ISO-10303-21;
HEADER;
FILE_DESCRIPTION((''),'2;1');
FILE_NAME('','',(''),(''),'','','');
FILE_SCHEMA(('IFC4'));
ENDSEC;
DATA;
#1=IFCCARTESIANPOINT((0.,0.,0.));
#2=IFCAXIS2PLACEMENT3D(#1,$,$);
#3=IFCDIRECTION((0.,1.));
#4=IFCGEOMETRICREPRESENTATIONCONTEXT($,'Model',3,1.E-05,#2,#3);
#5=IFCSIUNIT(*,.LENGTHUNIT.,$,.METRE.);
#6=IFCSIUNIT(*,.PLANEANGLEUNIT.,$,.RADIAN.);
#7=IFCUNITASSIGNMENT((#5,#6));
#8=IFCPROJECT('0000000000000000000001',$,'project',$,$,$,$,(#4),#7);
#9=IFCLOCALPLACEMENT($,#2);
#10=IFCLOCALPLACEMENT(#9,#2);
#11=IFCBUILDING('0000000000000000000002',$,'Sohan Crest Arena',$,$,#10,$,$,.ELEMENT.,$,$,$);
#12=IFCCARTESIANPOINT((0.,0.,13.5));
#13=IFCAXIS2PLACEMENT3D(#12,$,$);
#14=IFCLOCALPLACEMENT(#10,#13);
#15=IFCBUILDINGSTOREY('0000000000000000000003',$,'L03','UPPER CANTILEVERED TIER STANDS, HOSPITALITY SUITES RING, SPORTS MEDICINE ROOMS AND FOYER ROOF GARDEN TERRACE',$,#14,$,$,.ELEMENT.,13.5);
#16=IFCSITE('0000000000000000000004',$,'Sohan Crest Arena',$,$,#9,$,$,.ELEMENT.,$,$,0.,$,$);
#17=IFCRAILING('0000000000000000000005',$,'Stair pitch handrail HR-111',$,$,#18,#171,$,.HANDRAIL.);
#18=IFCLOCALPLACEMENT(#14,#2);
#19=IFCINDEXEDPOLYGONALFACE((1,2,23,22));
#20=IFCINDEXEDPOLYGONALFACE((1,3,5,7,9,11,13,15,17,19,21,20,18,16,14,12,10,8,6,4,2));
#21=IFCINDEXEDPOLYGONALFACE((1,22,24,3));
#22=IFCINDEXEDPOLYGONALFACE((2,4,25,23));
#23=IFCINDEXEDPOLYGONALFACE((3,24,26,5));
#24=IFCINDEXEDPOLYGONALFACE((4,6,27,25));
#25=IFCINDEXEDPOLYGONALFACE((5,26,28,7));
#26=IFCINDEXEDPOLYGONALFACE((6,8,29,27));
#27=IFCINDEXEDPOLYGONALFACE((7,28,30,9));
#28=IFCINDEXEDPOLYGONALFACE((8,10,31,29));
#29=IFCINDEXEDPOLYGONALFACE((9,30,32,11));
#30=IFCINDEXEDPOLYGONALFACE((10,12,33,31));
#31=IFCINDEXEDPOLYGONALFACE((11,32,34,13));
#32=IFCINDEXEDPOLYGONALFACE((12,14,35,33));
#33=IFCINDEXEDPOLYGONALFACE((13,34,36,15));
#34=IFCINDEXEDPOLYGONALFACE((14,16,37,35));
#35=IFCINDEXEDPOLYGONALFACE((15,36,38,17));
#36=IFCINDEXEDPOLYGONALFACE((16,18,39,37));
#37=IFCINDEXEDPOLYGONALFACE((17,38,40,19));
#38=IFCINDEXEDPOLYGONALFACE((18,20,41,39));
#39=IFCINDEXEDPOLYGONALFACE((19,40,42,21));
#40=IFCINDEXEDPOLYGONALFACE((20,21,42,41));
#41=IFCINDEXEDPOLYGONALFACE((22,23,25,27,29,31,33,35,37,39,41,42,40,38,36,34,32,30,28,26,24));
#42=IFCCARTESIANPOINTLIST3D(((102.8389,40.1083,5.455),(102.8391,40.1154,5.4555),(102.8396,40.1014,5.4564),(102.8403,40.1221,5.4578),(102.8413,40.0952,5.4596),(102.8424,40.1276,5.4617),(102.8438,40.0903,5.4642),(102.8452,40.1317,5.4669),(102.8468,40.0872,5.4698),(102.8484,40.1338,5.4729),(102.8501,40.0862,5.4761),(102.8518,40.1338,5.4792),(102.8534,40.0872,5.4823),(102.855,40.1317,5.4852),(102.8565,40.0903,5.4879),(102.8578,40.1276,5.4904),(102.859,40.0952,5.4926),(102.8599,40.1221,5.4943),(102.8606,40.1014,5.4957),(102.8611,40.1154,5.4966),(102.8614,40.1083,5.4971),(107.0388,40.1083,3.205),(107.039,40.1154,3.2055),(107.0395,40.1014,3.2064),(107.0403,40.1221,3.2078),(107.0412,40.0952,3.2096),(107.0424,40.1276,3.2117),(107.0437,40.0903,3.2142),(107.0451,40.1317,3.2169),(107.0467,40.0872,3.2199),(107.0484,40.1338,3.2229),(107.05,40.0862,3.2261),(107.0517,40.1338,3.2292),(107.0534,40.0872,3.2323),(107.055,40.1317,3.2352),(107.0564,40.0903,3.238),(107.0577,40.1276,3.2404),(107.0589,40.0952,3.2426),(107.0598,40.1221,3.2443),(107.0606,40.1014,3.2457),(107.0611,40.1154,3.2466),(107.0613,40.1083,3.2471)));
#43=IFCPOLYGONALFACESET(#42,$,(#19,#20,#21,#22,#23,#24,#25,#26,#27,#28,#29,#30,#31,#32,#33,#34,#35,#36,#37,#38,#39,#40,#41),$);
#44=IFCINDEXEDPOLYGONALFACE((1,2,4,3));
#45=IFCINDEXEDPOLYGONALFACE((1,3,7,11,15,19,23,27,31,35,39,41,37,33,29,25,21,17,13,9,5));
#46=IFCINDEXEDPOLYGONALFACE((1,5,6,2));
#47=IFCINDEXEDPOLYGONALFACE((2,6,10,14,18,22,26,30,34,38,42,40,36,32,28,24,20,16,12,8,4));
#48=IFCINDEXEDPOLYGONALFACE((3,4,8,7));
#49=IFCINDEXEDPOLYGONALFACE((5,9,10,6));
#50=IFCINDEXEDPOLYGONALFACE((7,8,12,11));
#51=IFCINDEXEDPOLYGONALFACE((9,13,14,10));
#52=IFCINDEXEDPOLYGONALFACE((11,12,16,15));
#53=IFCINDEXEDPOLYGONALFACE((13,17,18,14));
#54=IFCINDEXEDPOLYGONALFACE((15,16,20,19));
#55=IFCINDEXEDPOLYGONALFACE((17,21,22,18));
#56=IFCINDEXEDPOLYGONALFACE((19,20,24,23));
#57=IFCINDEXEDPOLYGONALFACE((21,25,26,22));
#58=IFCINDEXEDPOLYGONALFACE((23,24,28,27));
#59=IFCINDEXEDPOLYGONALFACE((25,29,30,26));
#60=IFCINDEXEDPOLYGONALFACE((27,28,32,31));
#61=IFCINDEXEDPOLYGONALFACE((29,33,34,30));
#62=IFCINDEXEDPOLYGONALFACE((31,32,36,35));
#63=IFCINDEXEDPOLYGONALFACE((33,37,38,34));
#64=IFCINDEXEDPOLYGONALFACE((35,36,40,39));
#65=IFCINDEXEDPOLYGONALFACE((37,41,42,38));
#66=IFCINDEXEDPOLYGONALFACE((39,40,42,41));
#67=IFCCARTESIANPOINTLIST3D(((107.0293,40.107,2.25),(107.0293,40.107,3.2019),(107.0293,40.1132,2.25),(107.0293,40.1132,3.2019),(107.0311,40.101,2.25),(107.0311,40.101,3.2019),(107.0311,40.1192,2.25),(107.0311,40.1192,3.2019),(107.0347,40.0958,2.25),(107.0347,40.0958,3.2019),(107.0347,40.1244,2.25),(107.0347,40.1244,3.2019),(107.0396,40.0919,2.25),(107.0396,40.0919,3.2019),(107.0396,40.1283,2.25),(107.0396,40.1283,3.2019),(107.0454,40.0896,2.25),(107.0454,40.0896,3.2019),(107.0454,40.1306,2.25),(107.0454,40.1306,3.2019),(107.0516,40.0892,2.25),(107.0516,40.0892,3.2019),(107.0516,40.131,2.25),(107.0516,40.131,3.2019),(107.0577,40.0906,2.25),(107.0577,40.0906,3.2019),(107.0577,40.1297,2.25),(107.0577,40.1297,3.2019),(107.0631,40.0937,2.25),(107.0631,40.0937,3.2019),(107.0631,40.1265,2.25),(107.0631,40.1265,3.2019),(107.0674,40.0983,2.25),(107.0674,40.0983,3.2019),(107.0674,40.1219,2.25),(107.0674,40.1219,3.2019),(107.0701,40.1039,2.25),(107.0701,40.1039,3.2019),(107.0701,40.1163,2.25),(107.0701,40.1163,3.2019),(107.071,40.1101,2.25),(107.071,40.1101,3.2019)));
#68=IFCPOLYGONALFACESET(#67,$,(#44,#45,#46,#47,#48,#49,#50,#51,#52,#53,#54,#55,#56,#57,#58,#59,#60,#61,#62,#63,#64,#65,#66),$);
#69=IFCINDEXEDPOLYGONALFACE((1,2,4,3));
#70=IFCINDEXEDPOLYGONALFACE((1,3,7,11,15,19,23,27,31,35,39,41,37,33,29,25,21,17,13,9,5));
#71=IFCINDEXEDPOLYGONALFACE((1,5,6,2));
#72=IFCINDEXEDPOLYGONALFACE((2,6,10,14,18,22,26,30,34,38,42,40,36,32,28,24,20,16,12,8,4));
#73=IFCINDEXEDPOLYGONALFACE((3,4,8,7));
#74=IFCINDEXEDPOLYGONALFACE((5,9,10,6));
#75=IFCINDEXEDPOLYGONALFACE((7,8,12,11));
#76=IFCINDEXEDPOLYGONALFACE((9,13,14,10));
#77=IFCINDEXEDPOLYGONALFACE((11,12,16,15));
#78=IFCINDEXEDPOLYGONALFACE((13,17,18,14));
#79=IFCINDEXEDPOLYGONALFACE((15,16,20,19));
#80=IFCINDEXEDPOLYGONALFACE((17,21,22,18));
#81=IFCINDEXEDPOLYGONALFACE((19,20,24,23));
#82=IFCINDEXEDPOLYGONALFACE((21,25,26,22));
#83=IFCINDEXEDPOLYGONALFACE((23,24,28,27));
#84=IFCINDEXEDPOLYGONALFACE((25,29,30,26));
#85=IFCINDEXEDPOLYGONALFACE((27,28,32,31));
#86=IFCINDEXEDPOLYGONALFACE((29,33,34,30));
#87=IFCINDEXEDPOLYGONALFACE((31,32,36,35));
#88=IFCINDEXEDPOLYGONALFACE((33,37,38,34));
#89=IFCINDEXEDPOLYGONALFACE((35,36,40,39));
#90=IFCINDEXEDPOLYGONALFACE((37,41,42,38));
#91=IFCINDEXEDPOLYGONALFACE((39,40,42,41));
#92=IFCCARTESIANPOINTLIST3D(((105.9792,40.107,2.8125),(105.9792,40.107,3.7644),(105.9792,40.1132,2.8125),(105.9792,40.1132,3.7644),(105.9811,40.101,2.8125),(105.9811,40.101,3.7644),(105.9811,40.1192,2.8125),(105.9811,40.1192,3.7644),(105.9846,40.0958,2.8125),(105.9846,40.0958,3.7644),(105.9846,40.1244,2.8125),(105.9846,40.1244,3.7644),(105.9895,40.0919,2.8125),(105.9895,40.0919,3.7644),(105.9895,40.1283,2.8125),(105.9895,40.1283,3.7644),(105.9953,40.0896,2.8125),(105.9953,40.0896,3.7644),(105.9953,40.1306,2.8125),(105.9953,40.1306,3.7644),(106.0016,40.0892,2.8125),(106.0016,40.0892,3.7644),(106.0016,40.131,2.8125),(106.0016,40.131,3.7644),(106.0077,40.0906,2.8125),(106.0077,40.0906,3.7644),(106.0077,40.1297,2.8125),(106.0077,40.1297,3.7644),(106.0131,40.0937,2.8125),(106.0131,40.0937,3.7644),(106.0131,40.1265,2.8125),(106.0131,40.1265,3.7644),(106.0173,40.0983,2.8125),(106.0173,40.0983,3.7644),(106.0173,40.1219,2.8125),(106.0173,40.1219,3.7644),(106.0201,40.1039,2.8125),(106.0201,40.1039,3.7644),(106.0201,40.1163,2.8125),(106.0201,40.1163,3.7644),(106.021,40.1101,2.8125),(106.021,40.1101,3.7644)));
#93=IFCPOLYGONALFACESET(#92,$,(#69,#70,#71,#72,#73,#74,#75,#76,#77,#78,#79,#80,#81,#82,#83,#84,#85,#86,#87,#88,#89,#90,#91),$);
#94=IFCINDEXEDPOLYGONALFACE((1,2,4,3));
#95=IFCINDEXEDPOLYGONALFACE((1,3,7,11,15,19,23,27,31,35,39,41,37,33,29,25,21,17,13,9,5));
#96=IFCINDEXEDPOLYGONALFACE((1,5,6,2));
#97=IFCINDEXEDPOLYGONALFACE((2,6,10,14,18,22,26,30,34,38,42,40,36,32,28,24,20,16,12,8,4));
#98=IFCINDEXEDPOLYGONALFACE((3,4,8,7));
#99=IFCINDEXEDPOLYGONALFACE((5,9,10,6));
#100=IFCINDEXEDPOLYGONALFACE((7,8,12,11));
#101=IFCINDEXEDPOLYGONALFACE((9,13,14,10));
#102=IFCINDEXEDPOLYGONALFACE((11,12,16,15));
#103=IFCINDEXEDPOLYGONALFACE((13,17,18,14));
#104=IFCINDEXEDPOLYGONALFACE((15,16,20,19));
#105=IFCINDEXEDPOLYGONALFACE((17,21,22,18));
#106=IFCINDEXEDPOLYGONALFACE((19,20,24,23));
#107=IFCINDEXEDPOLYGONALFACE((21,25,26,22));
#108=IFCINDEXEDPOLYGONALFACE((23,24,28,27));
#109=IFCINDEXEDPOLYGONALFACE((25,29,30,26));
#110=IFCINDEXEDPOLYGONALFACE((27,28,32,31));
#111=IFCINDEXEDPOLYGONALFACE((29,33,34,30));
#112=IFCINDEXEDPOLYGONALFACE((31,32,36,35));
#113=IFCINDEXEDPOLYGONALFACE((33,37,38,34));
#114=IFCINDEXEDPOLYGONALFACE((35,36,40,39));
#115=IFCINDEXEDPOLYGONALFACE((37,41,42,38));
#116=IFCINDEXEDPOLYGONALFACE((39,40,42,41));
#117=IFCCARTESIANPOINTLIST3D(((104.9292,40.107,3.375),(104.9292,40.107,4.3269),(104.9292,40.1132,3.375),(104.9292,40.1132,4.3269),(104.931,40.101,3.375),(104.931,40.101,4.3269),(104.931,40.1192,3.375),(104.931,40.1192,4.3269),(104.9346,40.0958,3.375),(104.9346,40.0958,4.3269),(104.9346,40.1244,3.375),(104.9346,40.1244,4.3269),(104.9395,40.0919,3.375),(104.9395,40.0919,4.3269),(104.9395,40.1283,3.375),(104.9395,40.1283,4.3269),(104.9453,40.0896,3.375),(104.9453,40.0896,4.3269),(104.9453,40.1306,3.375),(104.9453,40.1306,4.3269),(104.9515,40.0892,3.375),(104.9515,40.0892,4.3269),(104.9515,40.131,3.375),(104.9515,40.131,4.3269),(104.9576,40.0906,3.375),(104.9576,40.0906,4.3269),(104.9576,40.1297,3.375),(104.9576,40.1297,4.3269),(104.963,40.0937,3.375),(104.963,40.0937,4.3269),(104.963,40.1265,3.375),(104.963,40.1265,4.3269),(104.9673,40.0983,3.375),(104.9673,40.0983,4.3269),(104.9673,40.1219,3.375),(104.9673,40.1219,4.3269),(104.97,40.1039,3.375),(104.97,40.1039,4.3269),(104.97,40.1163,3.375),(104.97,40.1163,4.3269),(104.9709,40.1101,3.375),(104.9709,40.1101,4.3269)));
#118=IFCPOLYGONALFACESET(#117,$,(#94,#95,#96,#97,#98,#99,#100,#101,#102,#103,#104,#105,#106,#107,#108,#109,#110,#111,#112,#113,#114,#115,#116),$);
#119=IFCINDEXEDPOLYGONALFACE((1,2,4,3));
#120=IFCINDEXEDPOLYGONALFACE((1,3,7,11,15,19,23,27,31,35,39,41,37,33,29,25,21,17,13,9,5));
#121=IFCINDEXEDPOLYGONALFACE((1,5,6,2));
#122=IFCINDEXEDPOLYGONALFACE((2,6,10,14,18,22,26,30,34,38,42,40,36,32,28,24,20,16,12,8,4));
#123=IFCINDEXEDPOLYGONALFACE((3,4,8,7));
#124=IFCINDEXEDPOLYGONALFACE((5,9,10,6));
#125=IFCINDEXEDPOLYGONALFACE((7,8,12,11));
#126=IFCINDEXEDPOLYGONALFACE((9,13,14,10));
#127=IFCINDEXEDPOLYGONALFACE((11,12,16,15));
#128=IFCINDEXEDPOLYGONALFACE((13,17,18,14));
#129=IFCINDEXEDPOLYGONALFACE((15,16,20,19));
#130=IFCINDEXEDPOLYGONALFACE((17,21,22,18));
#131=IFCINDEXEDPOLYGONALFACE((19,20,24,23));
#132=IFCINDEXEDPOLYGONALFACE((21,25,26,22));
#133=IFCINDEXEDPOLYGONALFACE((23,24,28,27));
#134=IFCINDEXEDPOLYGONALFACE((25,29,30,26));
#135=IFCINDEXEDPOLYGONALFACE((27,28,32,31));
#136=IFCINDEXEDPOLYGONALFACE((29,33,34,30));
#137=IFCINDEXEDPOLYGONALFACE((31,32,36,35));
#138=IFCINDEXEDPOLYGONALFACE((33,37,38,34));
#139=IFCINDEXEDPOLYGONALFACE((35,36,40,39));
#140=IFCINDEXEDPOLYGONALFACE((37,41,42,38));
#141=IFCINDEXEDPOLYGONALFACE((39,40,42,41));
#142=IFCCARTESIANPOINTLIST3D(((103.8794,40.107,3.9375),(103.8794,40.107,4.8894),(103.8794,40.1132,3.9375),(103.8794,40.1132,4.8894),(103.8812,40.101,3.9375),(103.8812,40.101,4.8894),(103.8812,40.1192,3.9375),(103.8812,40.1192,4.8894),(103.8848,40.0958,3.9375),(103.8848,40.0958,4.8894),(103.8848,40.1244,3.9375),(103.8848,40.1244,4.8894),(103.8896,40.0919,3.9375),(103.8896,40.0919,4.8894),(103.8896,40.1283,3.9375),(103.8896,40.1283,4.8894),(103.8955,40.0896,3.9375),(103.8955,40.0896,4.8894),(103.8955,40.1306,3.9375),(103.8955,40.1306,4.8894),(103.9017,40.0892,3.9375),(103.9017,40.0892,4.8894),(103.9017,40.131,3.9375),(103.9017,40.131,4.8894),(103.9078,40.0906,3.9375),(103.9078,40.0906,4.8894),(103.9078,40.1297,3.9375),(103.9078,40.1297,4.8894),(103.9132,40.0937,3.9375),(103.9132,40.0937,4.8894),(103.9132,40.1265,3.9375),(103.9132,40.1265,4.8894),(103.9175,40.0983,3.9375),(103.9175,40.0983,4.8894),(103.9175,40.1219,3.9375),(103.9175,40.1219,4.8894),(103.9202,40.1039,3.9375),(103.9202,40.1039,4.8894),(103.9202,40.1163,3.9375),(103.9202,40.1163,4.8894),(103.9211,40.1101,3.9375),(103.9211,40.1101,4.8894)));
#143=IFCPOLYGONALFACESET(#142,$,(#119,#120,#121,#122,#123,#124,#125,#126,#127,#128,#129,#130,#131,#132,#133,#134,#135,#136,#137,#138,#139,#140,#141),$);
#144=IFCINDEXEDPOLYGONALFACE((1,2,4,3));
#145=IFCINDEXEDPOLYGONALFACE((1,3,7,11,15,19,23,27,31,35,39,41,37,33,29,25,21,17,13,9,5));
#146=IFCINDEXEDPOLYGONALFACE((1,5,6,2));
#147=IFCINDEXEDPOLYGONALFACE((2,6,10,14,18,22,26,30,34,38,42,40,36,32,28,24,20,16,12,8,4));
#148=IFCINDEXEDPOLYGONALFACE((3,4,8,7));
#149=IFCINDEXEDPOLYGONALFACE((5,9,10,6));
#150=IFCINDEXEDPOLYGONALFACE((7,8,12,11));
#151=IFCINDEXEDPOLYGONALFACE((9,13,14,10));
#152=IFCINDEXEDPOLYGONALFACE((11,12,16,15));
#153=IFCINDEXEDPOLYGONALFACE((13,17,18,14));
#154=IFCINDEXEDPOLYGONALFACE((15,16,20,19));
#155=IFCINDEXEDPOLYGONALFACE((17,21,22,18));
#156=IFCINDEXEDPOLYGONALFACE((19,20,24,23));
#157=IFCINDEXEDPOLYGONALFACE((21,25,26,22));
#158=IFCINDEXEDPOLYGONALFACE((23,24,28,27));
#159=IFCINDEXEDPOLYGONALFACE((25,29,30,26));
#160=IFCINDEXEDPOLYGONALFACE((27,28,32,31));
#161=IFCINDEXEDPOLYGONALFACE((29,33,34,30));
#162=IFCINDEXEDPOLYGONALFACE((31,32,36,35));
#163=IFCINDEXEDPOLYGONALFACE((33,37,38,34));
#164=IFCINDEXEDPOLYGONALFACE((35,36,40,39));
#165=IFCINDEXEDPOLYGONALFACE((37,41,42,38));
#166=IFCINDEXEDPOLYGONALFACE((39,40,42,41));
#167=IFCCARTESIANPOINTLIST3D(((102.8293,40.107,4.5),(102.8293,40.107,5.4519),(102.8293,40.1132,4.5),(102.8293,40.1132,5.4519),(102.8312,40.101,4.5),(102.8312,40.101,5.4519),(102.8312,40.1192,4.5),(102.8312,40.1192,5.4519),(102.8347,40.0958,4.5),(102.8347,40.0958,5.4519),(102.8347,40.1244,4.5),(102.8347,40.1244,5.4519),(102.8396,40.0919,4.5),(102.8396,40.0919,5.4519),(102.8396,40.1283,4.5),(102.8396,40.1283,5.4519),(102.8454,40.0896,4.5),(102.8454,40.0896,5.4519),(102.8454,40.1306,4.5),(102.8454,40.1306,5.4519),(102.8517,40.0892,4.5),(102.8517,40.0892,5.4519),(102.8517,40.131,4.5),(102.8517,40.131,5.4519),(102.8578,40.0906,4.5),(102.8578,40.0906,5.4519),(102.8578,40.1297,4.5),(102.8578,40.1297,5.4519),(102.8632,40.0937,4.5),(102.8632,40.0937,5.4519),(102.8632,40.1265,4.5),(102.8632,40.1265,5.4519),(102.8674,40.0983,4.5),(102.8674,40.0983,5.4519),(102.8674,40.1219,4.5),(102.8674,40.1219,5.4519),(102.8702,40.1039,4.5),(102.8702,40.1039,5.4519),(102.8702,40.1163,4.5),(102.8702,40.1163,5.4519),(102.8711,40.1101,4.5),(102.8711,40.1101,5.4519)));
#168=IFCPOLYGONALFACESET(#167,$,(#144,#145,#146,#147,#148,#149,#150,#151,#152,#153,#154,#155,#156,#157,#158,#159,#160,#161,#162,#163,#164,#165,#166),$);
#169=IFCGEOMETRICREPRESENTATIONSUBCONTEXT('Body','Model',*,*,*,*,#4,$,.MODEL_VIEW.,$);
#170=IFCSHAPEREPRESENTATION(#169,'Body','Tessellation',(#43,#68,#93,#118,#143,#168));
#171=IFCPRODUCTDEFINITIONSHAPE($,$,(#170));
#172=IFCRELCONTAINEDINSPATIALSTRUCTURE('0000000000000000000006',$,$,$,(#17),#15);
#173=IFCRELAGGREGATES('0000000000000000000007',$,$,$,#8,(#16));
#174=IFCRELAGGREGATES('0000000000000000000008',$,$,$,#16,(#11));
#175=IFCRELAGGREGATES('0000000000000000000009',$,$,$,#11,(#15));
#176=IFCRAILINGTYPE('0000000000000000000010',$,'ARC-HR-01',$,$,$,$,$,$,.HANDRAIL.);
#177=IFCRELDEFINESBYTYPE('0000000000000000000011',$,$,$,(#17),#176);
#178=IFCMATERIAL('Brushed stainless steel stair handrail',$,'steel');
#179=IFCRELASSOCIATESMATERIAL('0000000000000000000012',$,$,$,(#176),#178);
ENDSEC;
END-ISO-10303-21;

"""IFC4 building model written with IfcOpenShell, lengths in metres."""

from ifc_helpers import new_model, si_unit, direction, frame, origin, origin_2d, place, context, subcontext, project, spatial, circle, extrude, material, type_object, element, save


model = new_model("IFC4")

# Units and contexts
model_context = context("Model", 3, precision=1e-05, world=origin(), true_north=direction((0.0, 1.0)))
body_context = subcontext(model_context, "Body", "Model", "MODEL_VIEW")
ifc_project = project(units=[si_unit("LENGTHUNIT", "METRE"), si_unit("PLANEANGLEUNIT", "RADIAN")], contexts=[model_context])

# Site, building, storey
site_placement = place(None, origin())
site = spatial("IfcSite", under=ifc_project, at=site_placement, Name="Sohan Crest Arena", CompositionType="ELEMENT", RefElevation=0.0)
building_placement = place(site_placement, origin())
building = spatial("IfcBuilding", under=site, at=building_placement, Name="Sohan Crest Arena", CompositionType="ELEMENT")
storey_placement = place(building_placement, frame((0.0, 0.0, 13.5)))
storey = spatial("IfcBuildingStorey", under=building, at=storey_placement, Name="L03", Description="UPPER CANTILEVERED TIER STANDS, HOSPITALITY SUITES RING, SPORTS MEDICINE ROOMS AND FOYER ROOF GARDEN TERRACE", CompositionType="ELEMENT", Elevation=13.5)

# Railing
ifc_material_1 = material(Name="Brushed stainless steel stair handrail", Category="steel")
railing_type_1 = type_object("IfcRailingType", Name="ARC-HR-01", PredefinedType="HANDRAIL", material=ifc_material_1)
railing_1_placement = place(storey_placement, frame((107.05, 40.1101, 2.25)))
element("IfcRailing", 1, at=railing_1_placement, inside=storey, type_object=railing_type_1, Name="Stair pitch handrail HR-111", PredefinedType="HANDRAIL", context=body_context, shape_type="SweptSolid", body=[
    extrude(circle(Radius=0.0239, at=origin_2d()), frame((0.0, 0.0, 0.9761), z_axis=(-0.881478, 0.0, 0.472226), x_axis=(0.0, -1.0, 0.0)), (0.0, 0.0, 1.0), 4.7646),
    extrude(circle(Radius=0.021, at=origin_2d()), origin(), (0.0, 0.0, 1.0), 0.9519),
    extrude(circle(Radius=0.021, at=origin_2d()), frame((-1.05, 0.0, 0.5625)), (0.0, 0.0, 1.0), 0.9519),
    extrude(circle(Radius=0.021, at=origin_2d()), frame((-2.1001, 0.0, 1.125)), (0.0, 0.0, 1.0), 0.9519),
    extrude(circle(Radius=0.021, at=origin_2d()), frame((-3.1499, 0.0, 1.6875)), (0.0, 0.0, 1.0), 0.9519),
    extrude(circle(Radius=0.021, at=origin_2d()), frame((-4.2, 0.0, 2.25)), (0.0, 0.0, 1.0), 0.9519),
])

save(model, "model.ifc")
